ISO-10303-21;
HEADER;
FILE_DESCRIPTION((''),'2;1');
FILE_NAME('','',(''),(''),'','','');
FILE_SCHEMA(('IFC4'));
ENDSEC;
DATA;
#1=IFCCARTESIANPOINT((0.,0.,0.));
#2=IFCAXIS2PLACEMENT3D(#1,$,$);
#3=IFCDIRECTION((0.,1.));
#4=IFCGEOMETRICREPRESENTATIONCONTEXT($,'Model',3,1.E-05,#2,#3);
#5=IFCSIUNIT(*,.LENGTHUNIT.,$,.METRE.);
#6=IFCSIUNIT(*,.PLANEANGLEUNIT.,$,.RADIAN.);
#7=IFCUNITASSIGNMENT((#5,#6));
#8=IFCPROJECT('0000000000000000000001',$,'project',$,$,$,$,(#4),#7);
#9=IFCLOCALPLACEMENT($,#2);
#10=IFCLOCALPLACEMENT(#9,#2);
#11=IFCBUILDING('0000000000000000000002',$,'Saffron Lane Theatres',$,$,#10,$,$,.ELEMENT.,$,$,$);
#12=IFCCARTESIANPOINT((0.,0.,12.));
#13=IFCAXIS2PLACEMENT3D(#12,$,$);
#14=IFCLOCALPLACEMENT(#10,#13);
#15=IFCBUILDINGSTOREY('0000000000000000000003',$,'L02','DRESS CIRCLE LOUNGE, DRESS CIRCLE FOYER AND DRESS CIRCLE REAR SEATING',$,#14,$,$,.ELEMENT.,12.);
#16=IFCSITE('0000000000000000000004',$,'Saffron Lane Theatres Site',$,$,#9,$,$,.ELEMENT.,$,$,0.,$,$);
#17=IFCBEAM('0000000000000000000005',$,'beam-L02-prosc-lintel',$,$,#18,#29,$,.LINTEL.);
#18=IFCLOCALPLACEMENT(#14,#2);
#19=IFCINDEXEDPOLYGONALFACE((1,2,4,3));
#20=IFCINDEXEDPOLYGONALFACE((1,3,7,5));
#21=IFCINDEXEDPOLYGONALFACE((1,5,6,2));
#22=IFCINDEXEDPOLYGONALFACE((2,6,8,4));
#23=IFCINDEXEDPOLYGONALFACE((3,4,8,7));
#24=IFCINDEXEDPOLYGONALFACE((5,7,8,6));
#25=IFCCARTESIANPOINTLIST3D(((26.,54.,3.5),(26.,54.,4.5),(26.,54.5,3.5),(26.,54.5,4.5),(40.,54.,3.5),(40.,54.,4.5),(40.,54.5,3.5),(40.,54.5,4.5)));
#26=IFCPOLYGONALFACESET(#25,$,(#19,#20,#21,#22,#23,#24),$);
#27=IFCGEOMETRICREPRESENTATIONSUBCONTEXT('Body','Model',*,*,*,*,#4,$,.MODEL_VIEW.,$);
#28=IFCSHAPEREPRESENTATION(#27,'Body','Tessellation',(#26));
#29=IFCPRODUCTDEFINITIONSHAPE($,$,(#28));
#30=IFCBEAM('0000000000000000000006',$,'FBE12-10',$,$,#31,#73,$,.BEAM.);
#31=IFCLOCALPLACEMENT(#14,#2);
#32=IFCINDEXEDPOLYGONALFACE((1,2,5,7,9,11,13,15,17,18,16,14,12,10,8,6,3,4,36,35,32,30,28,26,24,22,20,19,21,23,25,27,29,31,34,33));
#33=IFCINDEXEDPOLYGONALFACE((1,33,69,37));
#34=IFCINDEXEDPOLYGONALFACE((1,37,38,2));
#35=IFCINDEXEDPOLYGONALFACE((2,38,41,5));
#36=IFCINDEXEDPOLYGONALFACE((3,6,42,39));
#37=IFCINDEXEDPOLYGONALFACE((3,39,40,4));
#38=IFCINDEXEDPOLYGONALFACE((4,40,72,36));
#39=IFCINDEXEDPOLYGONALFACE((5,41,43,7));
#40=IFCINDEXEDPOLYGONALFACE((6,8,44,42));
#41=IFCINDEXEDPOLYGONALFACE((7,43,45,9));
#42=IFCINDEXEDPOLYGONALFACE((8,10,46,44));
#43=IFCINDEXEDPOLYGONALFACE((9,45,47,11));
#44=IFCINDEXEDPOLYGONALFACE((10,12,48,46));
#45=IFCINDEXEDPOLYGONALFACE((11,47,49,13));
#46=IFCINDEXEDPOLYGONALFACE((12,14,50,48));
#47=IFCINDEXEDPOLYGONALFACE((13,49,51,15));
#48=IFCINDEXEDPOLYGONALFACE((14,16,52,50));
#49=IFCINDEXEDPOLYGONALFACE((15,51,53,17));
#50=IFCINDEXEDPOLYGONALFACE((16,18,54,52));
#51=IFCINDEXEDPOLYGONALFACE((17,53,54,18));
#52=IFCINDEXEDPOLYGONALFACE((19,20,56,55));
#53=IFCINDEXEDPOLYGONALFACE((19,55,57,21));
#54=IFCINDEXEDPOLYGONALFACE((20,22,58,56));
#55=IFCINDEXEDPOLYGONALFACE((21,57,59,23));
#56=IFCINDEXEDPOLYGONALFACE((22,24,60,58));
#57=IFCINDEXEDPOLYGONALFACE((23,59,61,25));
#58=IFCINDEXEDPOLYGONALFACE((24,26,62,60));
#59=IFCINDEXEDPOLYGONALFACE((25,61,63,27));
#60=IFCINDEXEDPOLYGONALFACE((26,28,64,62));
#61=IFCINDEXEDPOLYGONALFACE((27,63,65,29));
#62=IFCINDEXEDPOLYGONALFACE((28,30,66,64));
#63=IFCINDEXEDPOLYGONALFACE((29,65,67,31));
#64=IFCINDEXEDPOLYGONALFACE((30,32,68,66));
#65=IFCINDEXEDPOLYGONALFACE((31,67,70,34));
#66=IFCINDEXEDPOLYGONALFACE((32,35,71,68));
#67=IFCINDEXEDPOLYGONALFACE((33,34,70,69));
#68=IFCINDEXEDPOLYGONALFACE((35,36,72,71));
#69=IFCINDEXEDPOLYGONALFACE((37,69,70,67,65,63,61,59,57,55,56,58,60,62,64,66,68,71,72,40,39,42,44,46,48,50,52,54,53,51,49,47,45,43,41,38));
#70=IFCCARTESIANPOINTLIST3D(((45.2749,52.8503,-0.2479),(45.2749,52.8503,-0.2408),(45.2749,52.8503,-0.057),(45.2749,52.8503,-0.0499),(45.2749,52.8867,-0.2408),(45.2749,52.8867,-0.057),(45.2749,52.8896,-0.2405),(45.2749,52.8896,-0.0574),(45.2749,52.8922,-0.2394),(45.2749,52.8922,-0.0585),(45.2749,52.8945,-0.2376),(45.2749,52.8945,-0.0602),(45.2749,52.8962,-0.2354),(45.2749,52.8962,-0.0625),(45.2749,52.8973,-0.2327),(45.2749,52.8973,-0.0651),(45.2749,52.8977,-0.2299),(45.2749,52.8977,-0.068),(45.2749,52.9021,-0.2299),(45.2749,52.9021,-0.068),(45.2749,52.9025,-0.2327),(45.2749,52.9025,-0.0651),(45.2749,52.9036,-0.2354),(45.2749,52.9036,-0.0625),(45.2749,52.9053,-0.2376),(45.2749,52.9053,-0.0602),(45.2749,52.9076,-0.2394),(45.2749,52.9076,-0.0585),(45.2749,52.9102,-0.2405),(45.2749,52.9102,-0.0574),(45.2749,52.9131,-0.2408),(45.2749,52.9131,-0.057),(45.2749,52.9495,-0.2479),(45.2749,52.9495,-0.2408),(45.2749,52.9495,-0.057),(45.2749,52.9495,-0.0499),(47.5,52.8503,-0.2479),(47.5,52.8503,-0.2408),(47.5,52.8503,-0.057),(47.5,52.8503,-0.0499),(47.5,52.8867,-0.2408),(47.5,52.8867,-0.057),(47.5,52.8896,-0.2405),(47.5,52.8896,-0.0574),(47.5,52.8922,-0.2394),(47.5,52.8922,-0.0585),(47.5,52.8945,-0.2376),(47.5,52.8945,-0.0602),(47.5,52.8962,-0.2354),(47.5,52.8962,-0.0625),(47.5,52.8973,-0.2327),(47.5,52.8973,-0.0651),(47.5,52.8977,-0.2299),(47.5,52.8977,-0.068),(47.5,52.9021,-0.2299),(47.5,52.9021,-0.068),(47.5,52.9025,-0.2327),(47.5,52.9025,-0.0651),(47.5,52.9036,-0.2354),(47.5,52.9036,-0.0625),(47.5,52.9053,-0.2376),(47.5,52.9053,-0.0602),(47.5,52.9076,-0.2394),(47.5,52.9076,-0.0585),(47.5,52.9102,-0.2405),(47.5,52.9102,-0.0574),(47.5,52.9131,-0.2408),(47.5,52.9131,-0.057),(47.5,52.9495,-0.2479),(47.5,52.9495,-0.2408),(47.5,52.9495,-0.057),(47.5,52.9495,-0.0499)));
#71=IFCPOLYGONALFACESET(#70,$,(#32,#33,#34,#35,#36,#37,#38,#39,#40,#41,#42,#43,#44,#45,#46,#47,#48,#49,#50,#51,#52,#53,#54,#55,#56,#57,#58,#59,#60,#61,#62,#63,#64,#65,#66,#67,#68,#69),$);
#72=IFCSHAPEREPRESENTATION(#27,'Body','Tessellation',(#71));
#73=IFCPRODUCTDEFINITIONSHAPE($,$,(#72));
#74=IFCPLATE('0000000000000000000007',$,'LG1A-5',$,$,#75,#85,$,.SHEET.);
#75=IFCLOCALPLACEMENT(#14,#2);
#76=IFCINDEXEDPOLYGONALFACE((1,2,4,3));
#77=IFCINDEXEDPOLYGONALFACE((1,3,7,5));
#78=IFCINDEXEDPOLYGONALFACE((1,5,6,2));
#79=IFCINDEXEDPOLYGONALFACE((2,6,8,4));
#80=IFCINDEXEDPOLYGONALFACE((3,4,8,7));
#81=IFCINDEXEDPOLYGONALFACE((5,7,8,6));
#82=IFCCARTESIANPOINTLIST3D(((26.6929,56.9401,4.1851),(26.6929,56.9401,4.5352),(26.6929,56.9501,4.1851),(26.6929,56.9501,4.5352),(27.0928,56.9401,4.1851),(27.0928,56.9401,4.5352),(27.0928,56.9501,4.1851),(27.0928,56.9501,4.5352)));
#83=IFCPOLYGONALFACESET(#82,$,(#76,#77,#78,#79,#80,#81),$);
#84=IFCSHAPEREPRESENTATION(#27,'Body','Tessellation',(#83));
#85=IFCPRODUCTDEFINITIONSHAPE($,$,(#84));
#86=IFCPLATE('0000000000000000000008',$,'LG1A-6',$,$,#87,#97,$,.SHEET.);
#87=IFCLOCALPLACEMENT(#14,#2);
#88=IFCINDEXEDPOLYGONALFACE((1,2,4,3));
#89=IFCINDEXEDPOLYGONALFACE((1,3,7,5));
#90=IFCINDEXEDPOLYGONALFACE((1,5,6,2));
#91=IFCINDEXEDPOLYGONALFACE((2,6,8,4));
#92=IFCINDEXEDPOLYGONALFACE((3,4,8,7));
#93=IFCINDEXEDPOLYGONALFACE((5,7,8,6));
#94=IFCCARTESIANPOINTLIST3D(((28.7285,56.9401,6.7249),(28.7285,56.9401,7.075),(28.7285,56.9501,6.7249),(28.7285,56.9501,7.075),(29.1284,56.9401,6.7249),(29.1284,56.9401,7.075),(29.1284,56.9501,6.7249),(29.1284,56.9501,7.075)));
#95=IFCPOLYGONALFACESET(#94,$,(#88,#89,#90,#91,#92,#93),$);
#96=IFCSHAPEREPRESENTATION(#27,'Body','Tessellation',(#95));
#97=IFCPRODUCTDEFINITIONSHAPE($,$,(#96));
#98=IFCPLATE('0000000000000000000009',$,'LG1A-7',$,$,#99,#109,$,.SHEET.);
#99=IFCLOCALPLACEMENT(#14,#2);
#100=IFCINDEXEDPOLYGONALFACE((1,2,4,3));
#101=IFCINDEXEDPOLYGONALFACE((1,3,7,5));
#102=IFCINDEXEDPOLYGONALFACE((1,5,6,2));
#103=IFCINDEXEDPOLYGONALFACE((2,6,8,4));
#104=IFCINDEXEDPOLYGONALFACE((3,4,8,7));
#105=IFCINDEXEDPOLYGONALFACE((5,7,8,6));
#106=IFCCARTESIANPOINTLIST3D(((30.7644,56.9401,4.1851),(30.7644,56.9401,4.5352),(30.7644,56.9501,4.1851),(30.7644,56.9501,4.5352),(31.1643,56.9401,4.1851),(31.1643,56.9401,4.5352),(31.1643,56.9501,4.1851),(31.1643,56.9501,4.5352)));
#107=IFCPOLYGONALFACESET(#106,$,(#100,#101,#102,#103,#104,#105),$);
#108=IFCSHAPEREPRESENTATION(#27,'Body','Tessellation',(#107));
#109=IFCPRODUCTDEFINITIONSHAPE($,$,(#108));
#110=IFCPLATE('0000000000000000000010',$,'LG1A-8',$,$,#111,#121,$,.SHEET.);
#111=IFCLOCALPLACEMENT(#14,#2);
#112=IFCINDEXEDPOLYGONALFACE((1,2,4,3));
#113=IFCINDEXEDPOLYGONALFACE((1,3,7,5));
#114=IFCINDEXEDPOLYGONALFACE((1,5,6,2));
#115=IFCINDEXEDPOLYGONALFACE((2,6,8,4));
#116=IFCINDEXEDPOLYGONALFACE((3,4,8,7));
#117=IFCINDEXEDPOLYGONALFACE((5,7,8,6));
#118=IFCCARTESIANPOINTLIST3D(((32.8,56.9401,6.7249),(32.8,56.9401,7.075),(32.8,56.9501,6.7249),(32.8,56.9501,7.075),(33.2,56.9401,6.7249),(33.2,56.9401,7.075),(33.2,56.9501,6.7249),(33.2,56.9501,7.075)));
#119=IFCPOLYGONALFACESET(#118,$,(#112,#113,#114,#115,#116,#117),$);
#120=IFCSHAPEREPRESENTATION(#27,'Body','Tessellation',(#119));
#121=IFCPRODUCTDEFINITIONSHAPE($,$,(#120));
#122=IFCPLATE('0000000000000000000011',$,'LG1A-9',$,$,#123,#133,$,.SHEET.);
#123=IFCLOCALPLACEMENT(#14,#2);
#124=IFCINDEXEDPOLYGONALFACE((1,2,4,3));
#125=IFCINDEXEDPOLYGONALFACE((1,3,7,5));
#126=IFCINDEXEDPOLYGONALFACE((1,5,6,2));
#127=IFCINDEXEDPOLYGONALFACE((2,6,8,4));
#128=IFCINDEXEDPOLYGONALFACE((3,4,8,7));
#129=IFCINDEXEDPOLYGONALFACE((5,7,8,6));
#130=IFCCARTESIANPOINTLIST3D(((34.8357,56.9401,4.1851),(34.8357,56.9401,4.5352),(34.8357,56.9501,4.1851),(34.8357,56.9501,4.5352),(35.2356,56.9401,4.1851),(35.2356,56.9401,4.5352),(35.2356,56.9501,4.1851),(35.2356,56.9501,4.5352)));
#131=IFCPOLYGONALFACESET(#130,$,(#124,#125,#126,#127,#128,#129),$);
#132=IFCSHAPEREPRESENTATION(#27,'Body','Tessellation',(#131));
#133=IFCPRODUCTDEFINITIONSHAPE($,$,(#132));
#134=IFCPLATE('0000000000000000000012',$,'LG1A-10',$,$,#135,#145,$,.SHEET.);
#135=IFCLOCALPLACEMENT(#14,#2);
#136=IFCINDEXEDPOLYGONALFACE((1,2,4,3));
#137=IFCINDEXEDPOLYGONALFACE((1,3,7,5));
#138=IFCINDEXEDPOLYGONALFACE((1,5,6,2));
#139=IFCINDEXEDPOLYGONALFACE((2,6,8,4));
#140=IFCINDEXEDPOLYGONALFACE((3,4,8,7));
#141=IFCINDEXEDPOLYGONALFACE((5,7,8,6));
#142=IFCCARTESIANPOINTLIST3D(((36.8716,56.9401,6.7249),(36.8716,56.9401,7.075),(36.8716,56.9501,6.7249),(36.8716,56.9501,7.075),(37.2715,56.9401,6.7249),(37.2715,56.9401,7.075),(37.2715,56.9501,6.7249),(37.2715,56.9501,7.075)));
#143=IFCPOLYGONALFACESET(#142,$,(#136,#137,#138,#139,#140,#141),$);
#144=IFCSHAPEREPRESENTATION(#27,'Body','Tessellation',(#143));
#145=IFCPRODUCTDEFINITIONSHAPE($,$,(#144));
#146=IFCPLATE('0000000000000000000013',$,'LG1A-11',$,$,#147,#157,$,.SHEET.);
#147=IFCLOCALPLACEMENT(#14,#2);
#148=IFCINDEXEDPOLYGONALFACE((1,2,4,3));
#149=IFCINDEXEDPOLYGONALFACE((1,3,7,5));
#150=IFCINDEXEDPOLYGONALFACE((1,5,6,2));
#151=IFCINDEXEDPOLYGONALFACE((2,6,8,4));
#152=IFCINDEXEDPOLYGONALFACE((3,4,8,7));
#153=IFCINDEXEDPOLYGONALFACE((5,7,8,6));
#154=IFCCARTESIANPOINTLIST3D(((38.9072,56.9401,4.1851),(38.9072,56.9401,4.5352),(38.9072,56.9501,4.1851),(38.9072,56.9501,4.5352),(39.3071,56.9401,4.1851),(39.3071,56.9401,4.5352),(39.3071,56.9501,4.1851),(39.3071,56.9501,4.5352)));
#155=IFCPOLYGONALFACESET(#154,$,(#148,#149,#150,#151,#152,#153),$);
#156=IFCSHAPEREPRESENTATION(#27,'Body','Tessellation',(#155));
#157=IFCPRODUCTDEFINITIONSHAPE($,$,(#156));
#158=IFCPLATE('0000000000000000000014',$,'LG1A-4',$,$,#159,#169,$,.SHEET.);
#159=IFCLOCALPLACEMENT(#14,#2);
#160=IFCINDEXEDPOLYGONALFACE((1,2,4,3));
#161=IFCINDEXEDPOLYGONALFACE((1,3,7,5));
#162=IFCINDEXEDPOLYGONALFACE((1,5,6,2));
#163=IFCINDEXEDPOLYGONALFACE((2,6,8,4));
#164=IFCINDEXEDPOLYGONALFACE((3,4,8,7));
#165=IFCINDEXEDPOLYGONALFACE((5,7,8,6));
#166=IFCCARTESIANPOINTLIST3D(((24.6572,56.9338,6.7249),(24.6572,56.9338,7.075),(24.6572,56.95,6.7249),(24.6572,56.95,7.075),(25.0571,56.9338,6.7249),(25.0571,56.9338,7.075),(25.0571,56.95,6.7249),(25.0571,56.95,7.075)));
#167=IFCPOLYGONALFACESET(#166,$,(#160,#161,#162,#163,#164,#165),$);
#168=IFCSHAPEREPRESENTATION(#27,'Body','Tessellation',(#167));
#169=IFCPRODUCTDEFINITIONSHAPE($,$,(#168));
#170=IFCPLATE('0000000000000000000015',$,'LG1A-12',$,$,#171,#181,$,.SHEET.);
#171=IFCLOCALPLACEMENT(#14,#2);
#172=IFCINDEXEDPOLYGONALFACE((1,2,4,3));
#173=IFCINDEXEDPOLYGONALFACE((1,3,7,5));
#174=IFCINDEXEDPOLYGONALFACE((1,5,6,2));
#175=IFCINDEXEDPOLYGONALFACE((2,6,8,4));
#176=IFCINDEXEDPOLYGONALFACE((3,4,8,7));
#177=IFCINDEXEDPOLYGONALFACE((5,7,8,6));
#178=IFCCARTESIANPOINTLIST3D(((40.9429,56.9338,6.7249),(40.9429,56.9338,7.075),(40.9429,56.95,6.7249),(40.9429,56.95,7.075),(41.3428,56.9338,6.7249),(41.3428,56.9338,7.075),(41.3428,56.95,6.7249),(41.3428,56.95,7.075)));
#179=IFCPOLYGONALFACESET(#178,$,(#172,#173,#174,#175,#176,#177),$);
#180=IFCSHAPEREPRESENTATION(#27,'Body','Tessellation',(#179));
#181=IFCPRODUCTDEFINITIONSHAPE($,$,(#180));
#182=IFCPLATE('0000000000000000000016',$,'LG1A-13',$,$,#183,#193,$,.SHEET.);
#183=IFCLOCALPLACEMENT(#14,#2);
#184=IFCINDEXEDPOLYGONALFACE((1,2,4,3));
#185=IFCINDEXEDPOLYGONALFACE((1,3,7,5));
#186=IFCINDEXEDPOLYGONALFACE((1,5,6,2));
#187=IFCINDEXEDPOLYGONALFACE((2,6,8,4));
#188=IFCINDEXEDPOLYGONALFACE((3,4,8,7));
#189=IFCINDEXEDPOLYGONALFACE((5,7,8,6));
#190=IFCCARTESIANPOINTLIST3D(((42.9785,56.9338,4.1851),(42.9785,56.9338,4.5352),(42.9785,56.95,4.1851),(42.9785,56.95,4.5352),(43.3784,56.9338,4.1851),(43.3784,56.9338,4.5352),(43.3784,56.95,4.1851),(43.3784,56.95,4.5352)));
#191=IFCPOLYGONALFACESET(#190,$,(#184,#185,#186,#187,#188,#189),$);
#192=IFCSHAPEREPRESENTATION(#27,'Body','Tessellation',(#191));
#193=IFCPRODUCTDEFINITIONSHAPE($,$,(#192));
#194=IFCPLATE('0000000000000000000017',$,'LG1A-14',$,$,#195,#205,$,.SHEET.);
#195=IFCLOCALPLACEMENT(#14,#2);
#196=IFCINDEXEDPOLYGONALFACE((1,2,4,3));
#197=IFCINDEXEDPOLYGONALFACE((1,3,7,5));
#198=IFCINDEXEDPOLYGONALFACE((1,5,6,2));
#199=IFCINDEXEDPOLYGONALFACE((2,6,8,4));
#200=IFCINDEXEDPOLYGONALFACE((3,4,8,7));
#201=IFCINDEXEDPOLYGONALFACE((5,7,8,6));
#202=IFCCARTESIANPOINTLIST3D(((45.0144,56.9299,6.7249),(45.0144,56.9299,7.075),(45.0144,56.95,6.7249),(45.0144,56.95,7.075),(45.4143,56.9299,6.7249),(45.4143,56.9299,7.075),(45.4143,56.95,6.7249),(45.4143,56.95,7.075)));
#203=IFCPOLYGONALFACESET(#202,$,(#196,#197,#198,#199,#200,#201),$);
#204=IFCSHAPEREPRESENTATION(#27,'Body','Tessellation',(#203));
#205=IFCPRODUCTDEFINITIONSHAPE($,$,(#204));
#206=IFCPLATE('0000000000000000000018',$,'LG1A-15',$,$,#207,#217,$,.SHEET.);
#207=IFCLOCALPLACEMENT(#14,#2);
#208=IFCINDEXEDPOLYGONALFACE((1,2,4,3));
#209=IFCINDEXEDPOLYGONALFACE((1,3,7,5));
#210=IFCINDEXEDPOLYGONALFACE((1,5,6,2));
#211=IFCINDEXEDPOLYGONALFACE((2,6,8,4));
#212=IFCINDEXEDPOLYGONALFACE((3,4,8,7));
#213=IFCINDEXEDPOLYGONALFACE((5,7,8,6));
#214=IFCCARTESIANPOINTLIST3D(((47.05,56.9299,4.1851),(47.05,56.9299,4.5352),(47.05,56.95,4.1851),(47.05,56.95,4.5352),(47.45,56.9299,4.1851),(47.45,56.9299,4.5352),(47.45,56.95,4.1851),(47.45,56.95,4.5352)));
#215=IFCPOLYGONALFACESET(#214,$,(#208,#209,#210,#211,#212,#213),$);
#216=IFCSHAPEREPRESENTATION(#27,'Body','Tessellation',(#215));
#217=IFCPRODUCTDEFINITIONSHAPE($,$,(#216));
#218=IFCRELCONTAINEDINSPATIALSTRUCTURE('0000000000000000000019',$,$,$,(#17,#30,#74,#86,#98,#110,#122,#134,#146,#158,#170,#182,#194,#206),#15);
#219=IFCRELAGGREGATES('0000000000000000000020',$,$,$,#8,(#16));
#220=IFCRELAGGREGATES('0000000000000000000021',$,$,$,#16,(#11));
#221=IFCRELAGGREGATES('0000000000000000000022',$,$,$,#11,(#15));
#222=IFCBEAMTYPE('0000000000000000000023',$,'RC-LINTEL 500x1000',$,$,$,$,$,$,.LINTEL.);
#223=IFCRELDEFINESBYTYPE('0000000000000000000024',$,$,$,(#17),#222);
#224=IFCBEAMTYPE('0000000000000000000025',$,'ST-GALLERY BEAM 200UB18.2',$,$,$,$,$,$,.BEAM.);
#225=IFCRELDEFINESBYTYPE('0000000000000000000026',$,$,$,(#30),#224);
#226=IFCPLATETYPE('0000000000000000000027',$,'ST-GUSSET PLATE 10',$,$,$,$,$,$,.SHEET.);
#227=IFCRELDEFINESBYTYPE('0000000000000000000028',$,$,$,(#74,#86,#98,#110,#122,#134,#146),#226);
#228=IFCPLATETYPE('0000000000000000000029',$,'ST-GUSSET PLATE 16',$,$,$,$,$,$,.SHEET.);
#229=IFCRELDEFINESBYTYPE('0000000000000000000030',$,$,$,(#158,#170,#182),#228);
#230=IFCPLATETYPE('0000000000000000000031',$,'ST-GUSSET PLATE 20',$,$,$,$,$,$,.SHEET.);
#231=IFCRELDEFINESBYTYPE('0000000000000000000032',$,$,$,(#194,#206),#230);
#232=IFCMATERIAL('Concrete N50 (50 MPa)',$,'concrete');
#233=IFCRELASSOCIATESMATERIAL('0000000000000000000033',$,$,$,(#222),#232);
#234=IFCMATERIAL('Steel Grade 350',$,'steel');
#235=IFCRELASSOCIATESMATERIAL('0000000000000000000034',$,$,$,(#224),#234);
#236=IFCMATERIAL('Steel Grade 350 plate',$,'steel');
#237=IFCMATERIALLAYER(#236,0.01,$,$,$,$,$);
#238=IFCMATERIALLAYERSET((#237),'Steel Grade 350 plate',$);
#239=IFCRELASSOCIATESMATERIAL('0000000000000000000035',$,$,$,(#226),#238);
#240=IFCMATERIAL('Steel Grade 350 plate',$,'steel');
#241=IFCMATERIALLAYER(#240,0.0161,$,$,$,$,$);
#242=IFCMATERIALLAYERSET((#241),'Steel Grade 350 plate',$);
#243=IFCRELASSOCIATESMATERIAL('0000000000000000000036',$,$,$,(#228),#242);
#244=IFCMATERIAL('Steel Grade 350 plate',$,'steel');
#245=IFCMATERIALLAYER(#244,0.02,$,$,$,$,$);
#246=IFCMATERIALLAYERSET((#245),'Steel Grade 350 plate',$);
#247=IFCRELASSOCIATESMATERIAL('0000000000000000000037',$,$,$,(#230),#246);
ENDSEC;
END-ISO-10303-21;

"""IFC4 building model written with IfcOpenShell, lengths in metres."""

from ifc_helpers import new_model, si_unit, direction, frame, origin, origin_2d, place, context, subcontext, project, spatial, rectangle, i_section, extrude, material, layer, layer_set, material_profile, profile_set, type_object, element, save


model = new_model("IFC4")

# Units and contexts
model_context = context("Model", 3, precision=1e-05, world=origin(), true_north=direction((0.0, 1.0)))
body_context = subcontext(model_context, "Body", "Model", "MODEL_VIEW")
ifc_project = project(units=[si_unit("LENGTHUNIT", "METRE"), si_unit("PLANEANGLEUNIT", "RADIAN")], contexts=[model_context])

# Site, building, storey
site_placement = place(None, origin())
site = spatial("IfcSite", under=ifc_project, at=site_placement, Name="Saffron Lane Theatres Site", CompositionType="ELEMENT", RefElevation=0.0)
building_placement = place(site_placement, origin())
building = spatial("IfcBuilding", under=site, at=building_placement, Name="Saffron Lane Theatres", CompositionType="ELEMENT")
storey_placement = place(building_placement, frame((0.0, 0.0, 12.0)))
storey = spatial("IfcBuildingStorey", under=building, at=storey_placement, Name="L02", Description="DRESS CIRCLE LOUNGE, DRESS CIRCLE FOYER AND DRESS CIRCLE REAR SEATING", CompositionType="ELEMENT", Elevation=12.0)

# Beams
ifc_material_1 = material(Name="Concrete N50 (50 MPa)", Category="concrete")
ifc_material_profile_1 = material_profile(ifc_material_1, rectangle(XDim=0.5, YDim=1.0, at=origin_2d()))
ifc_profile_set_1 = profile_set([ifc_material_profile_1], Name="Concrete N50 (50 MPa)")
beam_type_1 = type_object("IfcBeamType", Name="RC-LINTEL 500x1000", PredefinedType="LINTEL", material=ifc_profile_set_1)
beam_1_placement = place(storey_placement, frame((26.0, 54.25, 4.0), z_axis=(1.0, 0.0, 0.0), x_axis=(0.0, 1.0, 0.0)))
element("IfcBeam", 1, at=beam_1_placement, inside=storey, type_object=beam_type_1, Name="beam-L02-prosc-lintel", PredefinedType="LINTEL", context=body_context, shape_type="SweptSolid", body=[
    extrude(rectangle(XDim=0.5, YDim=1.0, at=origin_2d()), origin(), (0.0, 0.0, 1.0), 14.0),
])
ifc_material_2 = material(Name="Steel Grade 350", Category="steel")
ifc_material_profile_2 = material_profile(ifc_material_2, i_section(OverallWidth=0.0991, OverallDepth=0.198, WebThickness=0.0044, FlangeThickness=0.0071, FilletRadius=0.011, at=origin_2d()))
ifc_profile_set_2 = profile_set([ifc_material_profile_2], Name="Steel Grade 350")
beam_type_2 = type_object("IfcBeamType", Name="ST-GALLERY BEAM 200UB18.2", PredefinedType="BEAM", material=ifc_profile_set_2)
beam_2_placement = place(storey_placement, frame((45.2749, 52.8999, -0.1489), z_axis=(1.0, 0.0, 0.0), x_axis=(0.0, 1.0, 0.0)))
element("IfcBeam", 2, at=beam_2_placement, inside=storey, type_object=beam_type_2, Name="FBE12-10", PredefinedType="BEAM", context=body_context, shape_type="SweptSolid", body=[
    extrude(i_section(OverallWidth=0.0991, OverallDepth=0.198, WebThickness=0.0044, FlangeThickness=0.0071, FilletRadius=0.011, at=origin_2d()), origin(), (0.0, 0.0, 1.0), 2.2251),
])

# Plates
ifc_material_3 = material(Name="Steel Grade 350 plate", Category="steel")
ifc_layer_1 = layer(ifc_material_3, 0.01)
ifc_layer_set_1 = layer_set([ifc_layer_1], Name="Steel Grade 350 plate")
plate_type_1 = type_object("IfcPlateType", Name="ST-GUSSET PLATE 10", PredefinedType="SHEET", material=ifc_layer_set_1)
for number, where, z_axis, x_axis, name in (
    (3, (26.8928, 56.9451, 4.1851), (0.0, 0.0, 1.0), (1.0, 0.0, 0.0), "LG1A-5"),
    (4, (28.9285, 56.9451, 6.7249), (0.0, 0.0, 1.0), (1.0, 0.0, 0.0), "LG1A-6"),
    (5, (30.9644, 56.9451, 4.1851), (0.0, 0.0, 1.0), (1.0, 0.0, 0.0), "LG1A-7"),
    (6, (33.0, 56.9451, 6.7249), (0.0, 0.0, 1.0), (1.0, 0.0, 0.0), "LG1A-8"),
    (7, (35.0356, 56.9451, 4.1851), (0.0, 0.0, 1.0), (1.0, 0.0, 0.0), "LG1A-9"),
    (8, (37.0715, 56.9451, 6.7249), (0.0, 0.0, 1.0), (1.0, 0.0, 0.0), "LG1A-10"),
    (9, (39.1072, 56.9451, 4.1851), (0.0, 0.0, 1.0), (1.0, 0.0, 0.0), "LG1A-11"),
):
    element("IfcPlate", number, at=place(storey_placement, frame(where, z_axis=z_axis, x_axis=x_axis)), inside=storey, type_object=plate_type_1, Name=name, PredefinedType="SHEET", context=body_context, shape_type="SweptSolid", body=[
        extrude(rectangle(XDim=0.3999, YDim=0.01, at=origin_2d()), origin(), (0.0, 0.0, 1.0), 0.3501),
    ])
ifc_material_4 = material(Name="Steel Grade 350 plate", Category="steel")
ifc_layer_2 = layer(ifc_material_4, 0.0161)
ifc_layer_set_2 = layer_set([ifc_layer_2], Name="Steel Grade 350 plate")
plate_type_2 = type_object("IfcPlateType", Name="ST-GUSSET PLATE 16", PredefinedType="SHEET", material=ifc_layer_set_2)
for number, where, z_axis, x_axis, name in (
    (10, (24.8572, 56.9419, 6.7249), (0.0, 0.0, 1.0), (1.0, 0.0, 0.0), "LG1A-4"),
    (11, (41.1428, 56.9419, 6.7249), (0.0, 0.0, 1.0), (1.0, 0.0, 0.0), "LG1A-12"),
    (12, (43.1785, 56.9419, 4.1851), (0.0, 0.0, 1.0), (1.0, 0.0, 0.0), "LG1A-13"),
):
    element("IfcPlate", number, at=place(storey_placement, frame(where, z_axis=z_axis, x_axis=x_axis)), inside=storey, type_object=plate_type_2, Name=name, PredefinedType="SHEET", context=body_context, shape_type="SweptSolid", body=[
        extrude(rectangle(XDim=0.3999, YDim=0.0161, at=origin_2d()), origin(), (0.0, 0.0, 1.0), 0.3501),
    ])
ifc_material_5 = material(Name="Steel Grade 350 plate", Category="steel")
ifc_layer_3 = layer(ifc_material_5, 0.02)
ifc_layer_set_3 = layer_set([ifc_layer_3], Name="Steel Grade 350 plate")
plate_type_3 = type_object("IfcPlateType", Name="ST-GUSSET PLATE 20", PredefinedType="SHEET", material=ifc_layer_set_3)
for number, where, z_axis, x_axis, name in (
    (13, (45.2144, 56.9399, 6.7249), (0.0, 0.0, 1.0), (1.0, 0.0, 0.0), "LG1A-14"),
    (14, (47.25, 56.9399, 4.1851), (0.0, 0.0, 1.0), (1.0, 0.0, 0.0), "LG1A-15"),
):
    element("IfcPlate", number, at=place(storey_placement, frame(where, z_axis=z_axis, x_axis=x_axis)), inside=storey, type_object=plate_type_3, Name=name, PredefinedType="SHEET", context=body_context, shape_type="SweptSolid", body=[
        extrude(rectangle(XDim=0.3999, YDim=0.02, at=origin_2d()), origin(), (0.0, 0.0, 1.0), 0.3501),
    ])

save(model, "model.ifc")
